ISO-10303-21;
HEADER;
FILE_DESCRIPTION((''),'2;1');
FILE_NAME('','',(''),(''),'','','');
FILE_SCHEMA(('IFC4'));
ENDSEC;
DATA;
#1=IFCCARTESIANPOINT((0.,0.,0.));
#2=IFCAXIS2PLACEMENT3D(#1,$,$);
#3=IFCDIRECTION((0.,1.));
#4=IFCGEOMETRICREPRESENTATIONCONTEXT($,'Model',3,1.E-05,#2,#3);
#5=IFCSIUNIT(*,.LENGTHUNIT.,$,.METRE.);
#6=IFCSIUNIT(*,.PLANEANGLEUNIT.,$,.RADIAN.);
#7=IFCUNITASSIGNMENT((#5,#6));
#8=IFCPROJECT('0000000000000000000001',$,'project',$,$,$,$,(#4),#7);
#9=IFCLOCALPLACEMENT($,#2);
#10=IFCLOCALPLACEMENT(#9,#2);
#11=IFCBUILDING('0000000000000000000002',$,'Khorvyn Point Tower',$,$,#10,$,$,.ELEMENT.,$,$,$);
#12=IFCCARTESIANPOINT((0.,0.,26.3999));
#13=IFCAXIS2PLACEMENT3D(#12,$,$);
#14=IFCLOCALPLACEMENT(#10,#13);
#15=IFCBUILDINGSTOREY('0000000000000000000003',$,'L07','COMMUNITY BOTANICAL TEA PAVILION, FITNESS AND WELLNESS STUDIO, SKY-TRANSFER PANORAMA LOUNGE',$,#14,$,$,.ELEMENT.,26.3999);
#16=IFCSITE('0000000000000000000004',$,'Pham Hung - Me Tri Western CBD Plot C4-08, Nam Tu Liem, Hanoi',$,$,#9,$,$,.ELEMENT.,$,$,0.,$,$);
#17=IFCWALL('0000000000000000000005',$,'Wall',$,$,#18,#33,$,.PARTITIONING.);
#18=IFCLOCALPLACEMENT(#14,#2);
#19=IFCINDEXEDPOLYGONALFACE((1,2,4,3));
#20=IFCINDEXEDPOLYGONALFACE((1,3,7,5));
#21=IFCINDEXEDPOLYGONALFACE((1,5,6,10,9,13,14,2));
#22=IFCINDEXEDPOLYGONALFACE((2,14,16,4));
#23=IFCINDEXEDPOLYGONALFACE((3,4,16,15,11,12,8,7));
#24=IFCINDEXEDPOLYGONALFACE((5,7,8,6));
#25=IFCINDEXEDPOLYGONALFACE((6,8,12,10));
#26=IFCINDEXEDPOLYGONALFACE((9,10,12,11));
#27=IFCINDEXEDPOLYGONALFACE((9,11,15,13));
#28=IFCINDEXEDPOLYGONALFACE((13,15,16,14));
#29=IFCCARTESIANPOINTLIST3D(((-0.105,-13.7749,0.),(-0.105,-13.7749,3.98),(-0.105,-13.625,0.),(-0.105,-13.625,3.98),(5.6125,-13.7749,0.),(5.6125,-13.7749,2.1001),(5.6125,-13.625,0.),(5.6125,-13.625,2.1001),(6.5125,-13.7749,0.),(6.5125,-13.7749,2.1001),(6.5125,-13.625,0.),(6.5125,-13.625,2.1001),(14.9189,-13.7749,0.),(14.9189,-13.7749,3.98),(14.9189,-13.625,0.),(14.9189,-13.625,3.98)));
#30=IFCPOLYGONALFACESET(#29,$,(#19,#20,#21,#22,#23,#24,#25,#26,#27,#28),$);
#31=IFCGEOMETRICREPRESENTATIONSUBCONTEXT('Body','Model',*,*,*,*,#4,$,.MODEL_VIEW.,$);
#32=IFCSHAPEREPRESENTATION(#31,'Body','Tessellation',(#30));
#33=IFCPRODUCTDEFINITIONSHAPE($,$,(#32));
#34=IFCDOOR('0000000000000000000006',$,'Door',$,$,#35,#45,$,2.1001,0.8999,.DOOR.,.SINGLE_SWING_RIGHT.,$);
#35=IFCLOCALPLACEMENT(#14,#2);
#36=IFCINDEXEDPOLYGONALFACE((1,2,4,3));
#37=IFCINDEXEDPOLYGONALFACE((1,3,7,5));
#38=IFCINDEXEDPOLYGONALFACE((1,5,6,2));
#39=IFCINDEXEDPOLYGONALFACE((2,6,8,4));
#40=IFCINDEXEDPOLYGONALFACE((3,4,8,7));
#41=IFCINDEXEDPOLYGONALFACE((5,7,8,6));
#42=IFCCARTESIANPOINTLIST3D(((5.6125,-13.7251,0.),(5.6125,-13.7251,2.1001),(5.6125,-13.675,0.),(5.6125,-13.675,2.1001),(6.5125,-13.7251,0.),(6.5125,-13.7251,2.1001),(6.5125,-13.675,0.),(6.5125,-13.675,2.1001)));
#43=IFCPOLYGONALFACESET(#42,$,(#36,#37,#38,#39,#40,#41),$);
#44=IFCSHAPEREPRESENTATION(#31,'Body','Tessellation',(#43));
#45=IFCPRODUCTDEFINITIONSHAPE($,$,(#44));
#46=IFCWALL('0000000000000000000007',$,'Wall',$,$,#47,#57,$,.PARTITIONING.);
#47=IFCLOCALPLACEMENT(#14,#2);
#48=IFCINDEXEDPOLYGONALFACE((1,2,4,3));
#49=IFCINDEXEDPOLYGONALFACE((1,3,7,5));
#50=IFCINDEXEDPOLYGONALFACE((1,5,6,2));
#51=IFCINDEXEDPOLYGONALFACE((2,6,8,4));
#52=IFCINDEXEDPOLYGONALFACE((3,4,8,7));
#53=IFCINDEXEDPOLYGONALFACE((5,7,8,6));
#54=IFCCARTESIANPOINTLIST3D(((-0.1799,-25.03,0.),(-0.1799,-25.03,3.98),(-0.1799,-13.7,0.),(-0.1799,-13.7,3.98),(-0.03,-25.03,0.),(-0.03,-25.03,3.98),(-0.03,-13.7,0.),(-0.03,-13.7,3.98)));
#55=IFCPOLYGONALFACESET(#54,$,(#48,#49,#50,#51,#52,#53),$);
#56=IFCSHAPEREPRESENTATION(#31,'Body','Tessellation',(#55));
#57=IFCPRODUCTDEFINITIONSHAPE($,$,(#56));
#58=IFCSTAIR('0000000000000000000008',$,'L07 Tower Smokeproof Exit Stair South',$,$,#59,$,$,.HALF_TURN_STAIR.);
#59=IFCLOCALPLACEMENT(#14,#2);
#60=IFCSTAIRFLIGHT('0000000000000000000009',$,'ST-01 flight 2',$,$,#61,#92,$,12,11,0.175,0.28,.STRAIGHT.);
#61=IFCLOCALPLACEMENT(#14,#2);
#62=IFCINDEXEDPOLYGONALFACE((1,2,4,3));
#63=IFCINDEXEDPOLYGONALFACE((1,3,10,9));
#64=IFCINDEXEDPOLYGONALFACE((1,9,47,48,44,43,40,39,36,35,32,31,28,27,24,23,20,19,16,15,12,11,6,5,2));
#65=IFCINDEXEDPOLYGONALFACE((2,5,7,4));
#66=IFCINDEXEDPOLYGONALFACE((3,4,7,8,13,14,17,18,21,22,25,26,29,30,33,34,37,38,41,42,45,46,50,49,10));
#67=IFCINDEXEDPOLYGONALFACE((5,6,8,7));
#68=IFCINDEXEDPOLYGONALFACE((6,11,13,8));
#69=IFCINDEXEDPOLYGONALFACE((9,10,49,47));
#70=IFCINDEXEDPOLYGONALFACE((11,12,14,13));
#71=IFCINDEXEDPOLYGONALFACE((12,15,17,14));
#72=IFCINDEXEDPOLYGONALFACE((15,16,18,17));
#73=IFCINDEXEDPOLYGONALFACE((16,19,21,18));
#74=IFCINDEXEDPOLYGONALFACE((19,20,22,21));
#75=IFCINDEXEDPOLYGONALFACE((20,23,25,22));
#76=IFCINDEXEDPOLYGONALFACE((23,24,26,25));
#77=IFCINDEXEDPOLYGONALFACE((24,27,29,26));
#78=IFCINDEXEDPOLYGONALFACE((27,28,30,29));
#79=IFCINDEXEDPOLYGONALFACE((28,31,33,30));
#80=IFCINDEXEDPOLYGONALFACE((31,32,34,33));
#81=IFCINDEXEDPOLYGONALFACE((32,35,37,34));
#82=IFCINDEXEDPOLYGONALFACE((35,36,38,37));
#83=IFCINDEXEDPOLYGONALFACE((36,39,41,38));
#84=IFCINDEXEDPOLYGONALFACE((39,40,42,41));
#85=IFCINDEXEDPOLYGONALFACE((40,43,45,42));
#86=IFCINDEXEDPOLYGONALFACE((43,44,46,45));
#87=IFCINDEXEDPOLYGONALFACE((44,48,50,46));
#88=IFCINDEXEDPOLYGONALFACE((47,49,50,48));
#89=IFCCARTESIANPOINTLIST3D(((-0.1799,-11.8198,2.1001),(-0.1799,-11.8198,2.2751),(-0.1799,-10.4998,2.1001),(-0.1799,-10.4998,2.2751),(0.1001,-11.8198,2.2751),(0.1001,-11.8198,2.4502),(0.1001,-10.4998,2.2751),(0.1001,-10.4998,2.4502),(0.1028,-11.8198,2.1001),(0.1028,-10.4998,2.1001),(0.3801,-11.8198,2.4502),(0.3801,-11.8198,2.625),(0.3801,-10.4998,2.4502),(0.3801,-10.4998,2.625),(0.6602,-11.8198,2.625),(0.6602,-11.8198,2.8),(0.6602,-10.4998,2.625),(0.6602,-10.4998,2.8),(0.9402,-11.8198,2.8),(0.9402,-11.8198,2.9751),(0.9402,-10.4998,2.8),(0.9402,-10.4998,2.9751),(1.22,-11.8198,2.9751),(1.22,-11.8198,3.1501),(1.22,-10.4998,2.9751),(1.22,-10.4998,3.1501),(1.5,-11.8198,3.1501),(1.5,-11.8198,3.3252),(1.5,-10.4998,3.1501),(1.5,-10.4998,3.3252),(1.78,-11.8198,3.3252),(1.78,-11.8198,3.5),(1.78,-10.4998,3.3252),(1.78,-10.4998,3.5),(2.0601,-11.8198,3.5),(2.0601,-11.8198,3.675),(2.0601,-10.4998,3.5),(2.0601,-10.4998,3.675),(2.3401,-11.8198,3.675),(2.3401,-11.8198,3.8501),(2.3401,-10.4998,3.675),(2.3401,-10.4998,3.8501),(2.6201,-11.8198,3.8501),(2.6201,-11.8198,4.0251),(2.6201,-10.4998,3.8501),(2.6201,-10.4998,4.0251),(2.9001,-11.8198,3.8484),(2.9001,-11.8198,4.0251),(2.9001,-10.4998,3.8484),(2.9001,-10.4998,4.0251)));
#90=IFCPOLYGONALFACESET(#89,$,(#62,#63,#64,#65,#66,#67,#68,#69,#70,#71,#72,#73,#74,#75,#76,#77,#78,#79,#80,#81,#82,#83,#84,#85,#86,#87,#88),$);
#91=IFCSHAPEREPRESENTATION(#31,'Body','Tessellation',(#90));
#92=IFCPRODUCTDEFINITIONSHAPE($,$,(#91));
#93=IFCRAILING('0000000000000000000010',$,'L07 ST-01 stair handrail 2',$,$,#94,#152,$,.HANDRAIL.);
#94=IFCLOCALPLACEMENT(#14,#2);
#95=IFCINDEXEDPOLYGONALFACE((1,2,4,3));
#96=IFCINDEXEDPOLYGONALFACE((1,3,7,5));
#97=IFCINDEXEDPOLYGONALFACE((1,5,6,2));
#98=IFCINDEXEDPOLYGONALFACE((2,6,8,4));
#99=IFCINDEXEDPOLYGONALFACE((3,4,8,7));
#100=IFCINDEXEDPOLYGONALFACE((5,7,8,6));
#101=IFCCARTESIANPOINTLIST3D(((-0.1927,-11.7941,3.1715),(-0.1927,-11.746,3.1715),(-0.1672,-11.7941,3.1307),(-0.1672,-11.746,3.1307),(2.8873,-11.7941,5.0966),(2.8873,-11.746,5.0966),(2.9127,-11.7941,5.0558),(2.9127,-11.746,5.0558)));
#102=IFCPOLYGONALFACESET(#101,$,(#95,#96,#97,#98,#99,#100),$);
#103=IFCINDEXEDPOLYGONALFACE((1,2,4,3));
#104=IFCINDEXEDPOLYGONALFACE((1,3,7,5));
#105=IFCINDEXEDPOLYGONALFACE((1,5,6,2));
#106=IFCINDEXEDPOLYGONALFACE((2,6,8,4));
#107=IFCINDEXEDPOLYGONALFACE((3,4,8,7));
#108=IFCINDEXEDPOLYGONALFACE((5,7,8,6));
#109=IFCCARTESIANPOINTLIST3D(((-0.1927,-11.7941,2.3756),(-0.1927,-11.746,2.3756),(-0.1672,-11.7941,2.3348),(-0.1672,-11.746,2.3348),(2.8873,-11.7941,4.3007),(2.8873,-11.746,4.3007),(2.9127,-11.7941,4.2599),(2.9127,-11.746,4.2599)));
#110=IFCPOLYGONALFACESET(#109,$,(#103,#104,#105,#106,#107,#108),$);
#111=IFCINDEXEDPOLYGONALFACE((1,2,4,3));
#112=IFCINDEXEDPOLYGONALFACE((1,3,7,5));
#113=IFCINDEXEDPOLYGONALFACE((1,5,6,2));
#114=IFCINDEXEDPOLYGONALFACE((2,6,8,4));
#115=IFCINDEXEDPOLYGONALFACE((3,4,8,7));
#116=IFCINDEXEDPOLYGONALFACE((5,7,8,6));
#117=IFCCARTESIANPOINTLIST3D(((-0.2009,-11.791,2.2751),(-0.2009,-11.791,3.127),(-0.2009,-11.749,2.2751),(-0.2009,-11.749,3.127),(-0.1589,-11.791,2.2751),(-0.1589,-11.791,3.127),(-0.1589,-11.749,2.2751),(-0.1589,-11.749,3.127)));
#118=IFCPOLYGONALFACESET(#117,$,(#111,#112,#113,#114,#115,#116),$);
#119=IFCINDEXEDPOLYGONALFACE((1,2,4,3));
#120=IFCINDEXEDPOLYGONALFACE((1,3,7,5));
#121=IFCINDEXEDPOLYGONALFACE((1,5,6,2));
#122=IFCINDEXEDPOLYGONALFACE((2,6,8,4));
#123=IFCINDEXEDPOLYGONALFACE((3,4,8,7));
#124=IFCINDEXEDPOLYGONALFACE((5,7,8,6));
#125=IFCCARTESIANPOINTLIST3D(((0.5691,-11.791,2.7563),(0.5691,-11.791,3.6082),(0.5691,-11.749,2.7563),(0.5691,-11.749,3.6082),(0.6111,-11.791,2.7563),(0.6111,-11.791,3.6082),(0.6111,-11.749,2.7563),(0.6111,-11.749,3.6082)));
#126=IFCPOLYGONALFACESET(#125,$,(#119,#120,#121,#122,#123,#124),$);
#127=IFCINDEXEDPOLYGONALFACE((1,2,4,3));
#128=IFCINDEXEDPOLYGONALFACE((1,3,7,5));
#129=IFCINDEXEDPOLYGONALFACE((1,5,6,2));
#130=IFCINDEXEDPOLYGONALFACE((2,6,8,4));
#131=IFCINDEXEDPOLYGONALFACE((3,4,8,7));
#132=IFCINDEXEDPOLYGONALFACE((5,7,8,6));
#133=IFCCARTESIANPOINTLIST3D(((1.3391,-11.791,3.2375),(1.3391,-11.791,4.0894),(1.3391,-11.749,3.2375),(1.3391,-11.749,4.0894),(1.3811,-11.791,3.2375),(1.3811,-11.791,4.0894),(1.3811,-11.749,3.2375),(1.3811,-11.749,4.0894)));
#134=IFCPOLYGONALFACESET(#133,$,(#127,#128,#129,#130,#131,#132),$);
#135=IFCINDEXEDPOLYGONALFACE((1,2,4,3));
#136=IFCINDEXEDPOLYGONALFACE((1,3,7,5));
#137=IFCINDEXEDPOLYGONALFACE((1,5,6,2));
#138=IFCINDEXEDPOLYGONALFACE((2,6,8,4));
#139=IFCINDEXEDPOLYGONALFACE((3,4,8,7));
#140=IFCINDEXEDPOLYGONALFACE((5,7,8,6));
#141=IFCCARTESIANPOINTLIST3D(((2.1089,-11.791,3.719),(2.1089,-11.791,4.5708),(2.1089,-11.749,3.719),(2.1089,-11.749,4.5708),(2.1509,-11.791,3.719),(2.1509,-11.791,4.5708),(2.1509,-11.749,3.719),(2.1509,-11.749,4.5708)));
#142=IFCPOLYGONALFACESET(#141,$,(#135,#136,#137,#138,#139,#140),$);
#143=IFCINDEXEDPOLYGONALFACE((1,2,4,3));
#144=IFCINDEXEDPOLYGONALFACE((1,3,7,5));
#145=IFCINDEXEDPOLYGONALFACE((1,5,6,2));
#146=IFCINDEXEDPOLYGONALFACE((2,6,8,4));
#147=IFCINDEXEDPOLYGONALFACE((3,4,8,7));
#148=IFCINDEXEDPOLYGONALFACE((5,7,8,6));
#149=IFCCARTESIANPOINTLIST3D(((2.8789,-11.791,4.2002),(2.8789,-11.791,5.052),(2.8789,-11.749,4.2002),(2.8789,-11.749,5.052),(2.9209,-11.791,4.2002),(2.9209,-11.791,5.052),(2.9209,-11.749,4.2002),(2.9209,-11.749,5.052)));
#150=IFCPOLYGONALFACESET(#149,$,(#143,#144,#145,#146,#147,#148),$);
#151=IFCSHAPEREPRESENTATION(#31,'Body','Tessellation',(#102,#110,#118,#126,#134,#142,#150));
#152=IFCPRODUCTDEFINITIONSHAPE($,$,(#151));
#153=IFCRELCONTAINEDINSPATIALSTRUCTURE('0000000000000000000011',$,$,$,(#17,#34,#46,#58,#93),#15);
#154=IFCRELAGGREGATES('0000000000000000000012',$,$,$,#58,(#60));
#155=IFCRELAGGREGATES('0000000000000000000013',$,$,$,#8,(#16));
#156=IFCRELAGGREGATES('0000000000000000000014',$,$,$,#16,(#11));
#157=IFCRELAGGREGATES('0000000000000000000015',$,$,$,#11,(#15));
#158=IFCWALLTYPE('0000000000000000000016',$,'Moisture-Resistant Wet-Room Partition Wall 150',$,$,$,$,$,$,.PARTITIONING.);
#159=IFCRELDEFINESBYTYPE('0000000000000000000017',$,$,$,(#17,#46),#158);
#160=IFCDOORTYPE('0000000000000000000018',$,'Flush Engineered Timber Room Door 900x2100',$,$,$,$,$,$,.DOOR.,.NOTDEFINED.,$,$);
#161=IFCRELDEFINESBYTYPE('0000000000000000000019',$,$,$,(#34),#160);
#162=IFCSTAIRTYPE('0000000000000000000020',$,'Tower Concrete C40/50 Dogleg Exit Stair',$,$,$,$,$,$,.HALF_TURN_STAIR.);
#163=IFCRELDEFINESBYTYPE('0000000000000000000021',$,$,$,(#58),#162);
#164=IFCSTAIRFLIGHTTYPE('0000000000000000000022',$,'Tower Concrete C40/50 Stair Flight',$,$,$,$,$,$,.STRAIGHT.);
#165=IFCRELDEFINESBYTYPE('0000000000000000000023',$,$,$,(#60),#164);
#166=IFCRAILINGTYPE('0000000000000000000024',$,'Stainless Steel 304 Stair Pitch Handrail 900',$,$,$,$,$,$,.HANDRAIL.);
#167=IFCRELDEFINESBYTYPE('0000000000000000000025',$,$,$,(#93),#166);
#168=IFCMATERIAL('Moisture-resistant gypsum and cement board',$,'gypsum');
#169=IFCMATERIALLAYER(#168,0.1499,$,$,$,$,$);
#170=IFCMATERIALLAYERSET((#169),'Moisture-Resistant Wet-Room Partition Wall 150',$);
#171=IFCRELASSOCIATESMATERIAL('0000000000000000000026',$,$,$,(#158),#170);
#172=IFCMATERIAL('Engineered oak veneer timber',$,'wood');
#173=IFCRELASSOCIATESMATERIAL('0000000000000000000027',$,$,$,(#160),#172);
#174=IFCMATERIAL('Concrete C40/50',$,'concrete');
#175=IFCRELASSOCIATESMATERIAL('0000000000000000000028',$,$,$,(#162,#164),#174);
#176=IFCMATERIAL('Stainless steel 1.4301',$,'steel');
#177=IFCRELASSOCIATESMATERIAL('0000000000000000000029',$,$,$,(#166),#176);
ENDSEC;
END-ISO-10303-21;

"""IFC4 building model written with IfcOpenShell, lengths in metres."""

from ifc_helpers import new_model, si_unit, direction, frame, frame_2d, origin, origin_2d, place, context, subcontext, project, spatial, polyline, rectangle, outline, extrude, material, layer, layer_set, type_object, element, fill, aggregate, save


model = new_model("IFC4")

# Units and contexts
model_context = context("Model", 3, precision=1e-05, world=origin(), true_north=direction((0.0, 1.0)))
body_context = subcontext(model_context, "Body", "Model", "MODEL_VIEW")
ifc_project = project(units=[si_unit("LENGTHUNIT", "METRE"), si_unit("PLANEANGLEUNIT", "RADIAN")], contexts=[model_context])

# Site, building, storey
site_placement = place(None, origin())
site = spatial("IfcSite", under=ifc_project, at=site_placement, Name="Pham Hung - Me Tri Western CBD Plot C4-08, Nam Tu Liem, Hanoi", CompositionType="ELEMENT", RefElevation=0.0)
building_placement = place(site_placement, origin())
building = spatial("IfcBuilding", under=site, at=building_placement, Name="Khorvyn Point Tower", CompositionType="ELEMENT")
storey_placement = place(building_placement, frame((0.0, 0.0, 26.3999)))
storey = spatial("IfcBuildingStorey", under=building, at=storey_placement, Name="L07", Description="COMMUNITY BOTANICAL TEA PAVILION, FITNESS AND WELLNESS STUDIO, SKY-TRANSFER PANORAMA LOUNGE", CompositionType="ELEMENT", Elevation=26.3999)

# Shared definitions
ifc_material_1 = material(Name="Concrete C40/50", Category="concrete")

# Wall, opening, door
ifc_material_2 = material(Name="Moisture-resistant gypsum and cement board", Category="gypsum")
ifc_layer_1 = layer(ifc_material_2, 0.1499)
ifc_layer_set_1 = layer_set([ifc_layer_1], Name="Moisture-Resistant Wet-Room Partition Wall 150")
wall_type_1 = type_object("IfcWallType", Name="Moisture-Resistant Wet-Room Partition Wall 150", PredefinedType="PARTITIONING", material=ifc_layer_set_1)
wall_1_placement = place(storey_placement, frame((-0.105, -13.7, 0.0), z_axis=(0.0, 0.0, 1.0), x_axis=(1.0, 0.0, 0.0)))
wall_1 = element("IfcWall", 1, at=wall_1_placement, inside=storey, type_object=wall_type_1, Name="Wall", PredefinedType="PARTITIONING", context=body_context, shape_type="SweptSolid", body=[
    extrude(rectangle(XDim=15.0239, YDim=0.1499, at=frame_2d((7.512, 0.0))), origin(), (0.0, 0.0, 1.0), 3.98),
])
opening_1_placement = place(wall_1_placement, frame((5.7175, 0.0, 0.0)))
opening_1 = element("IfcOpeningElement", 2, at=opening_1_placement, cuts=wall_1, PredefinedType="OPENING", context=body_context, shape_type="SweptSolid", body=[
    extrude(rectangle(XDim=0.8999, YDim=2.1001, at=frame_2d((0.45, 1.05))), frame((0.0, 0.085, 0.0), z_axis=(0.0, -1.0, 0.0), x_axis=(1.0, 0.0, 0.0)), (0.0, 0.0, 1.0), 0.1699),
])
ifc_material_3 = material(Name="Engineered oak veneer timber", Category="wood")
door_type_1 = type_object("IfcDoorType", Name="Flush Engineered Timber Room Door 900x2100", OperationType="NOTDEFINED", PredefinedType="DOOR", material=ifc_material_3)
door_1_placement = place(opening_1_placement, origin())
door_1 = element("IfcDoor", 3, at=door_1_placement, inside=storey, type_object=door_type_1, Name="Door", OperationType="SINGLE_SWING_RIGHT", OverallHeight=2.1001, OverallWidth=0.8999, PredefinedType="DOOR", context=body_context, shape_type="SweptSolid", body=[
    extrude(rectangle(XDim=0.8999, YDim=2.1001, at=frame_2d((0.45, 1.05))), frame((0.0, 0.0249, 0.0), z_axis=(0.0, -1.0, 0.0), x_axis=(1.0, 0.0, 0.0)), (0.0, 0.0, 1.0), 0.05),
])
fill(opening_1, door_1)

# Wall
wall_2_placement = place(storey_placement, frame((-0.105, -25.03, 0.0), z_axis=(0.0, 0.0, 1.0), x_axis=(0.0, 1.0, 0.0)))
element("IfcWall", 4, at=wall_2_placement, inside=storey, type_object=wall_type_1, Name="Wall", PredefinedType="PARTITIONING", context=body_context, shape_type="SweptSolid", body=[
    extrude(rectangle(XDim=11.3301, YDim=0.1499, at=frame_2d((5.665, 0.0))), origin(), (0.0, 0.0, 1.0), 3.98),
])

# Stair, stair flight
stair_type = type_object("IfcStairType", Name="Tower Concrete C40/50 Dogleg Exit Stair", PredefinedType="HALF_TURN_STAIR", material=ifc_material_1)
stair_placement = place(storey_placement, origin())
stair = element("IfcStair", 5, at=stair_placement, inside=storey, type_object=stair_type, Name="L07 Tower Smokeproof Exit Stair South", PredefinedType="HALF_TURN_STAIR")
stair_flight_type = type_object("IfcStairFlightType", Name="Tower Concrete C40/50 Stair Flight", PredefinedType="STRAIGHT", material=ifc_material_1)
stair_flight_placement = place(storey_placement, frame((-0.1799, -11.1599, 2.1001), z_axis=(0.0, 0.0, 1.0), x_axis=(1.0, 0.0, 0.0)))
stair_flight = element("IfcStairFlight", 6, at=stair_flight_placement, type_object=stair_flight_type, Name="ST-01 flight 2", NumberOfRisers=12, NumberOfTreads=11, PredefinedType="STRAIGHT", RiserHeight=0.175, TreadLength=0.28, context=body_context, shape_type="SweptSolid", body=[
    extrude(outline(polyline([(0.0, 0.0), (0.0, 0.175), (0.28, 0.175), (0.28, 0.3501), (0.5601, 0.3501), (0.5601, 0.5249), (0.8401, 0.5249), (0.8401, 0.7), (1.1201, 0.7), (1.1201, 0.875), (1.3999, 0.875), (1.3999, 1.05), (1.6799, 1.05), (1.6799, 1.2251), (1.96, 1.2251), (1.96, 1.3999), (2.24, 1.3999), (2.24, 1.575), (2.52, 1.575), (2.52, 1.75), (2.8, 1.75), (2.8, 1.925), (3.0801, 1.925), (3.0801, 2.1001), (3.0801, 1.7483), (0.2827, 0.0), (0.0, 0.0)])), frame((0.0, 0.6602, 0.0), z_axis=(0.0, -1.0, 0.0), x_axis=(1.0, 0.0, 0.0)), (0.0, 0.0, 1.0), 1.3201),
])
aggregate(stair, [stair_flight])

# Railing
ifc_material_4 = material(Name="Stainless steel 1.4301", Category="steel")
railing_type_1 = type_object("IfcRailingType", Name="Stainless Steel 304 Stair Pitch Handrail 900", PredefinedType="HANDRAIL", material=ifc_material_4)
railing_1_placement = place(storey_placement, frame((-0.1799, -11.77, 2.2751)))
element("IfcRailing", 7, at=railing_1_placement, inside=storey, type_object=railing_type_1, Name="L07 ST-01 stair handrail 2", PredefinedType="HANDRAIL", context=body_context, shape_type="SweptSolid", body=[
    extrude(rectangle(XDim=0.0481, YDim=0.0481, at=origin_2d()), frame((0.0, 0.0, 0.876), z_axis=(0.847979, 0.0, 0.530029), x_axis=(0.0, 1.0, 0.0)), (0.0, 0.0, 1.0), 3.6321),
    extrude(rectangle(XDim=0.0481, YDim=0.0481, at=origin_2d()), frame((0.0, 0.0, 0.0801), z_axis=(0.847979, 0.0, 0.530029), x_axis=(0.0, 1.0, 0.0)), (0.0, 0.0, 1.0), 3.6321),
    extrude(rectangle(XDim=0.042, YDim=0.042, at=origin_2d()), origin(), (0.0, 0.0, 1.0), 0.8518),
    extrude(rectangle(XDim=0.042, YDim=0.042, at=origin_2d()), frame((0.77, 0.0, 0.4812)), (0.0, 0.0, 1.0), 0.8518),
    extrude(rectangle(XDim=0.042, YDim=0.042, at=origin_2d()), frame((1.54, 0.0, 0.9624)), (0.0, 0.0, 1.0), 0.8518),
    extrude(rectangle(XDim=0.042, YDim=0.042, at=origin_2d()), frame((2.3098, 0.0, 1.4438)), (0.0, 0.0, 1.0), 0.8518),
    extrude(rectangle(XDim=0.042, YDim=0.042, at=origin_2d()), frame((3.0798, 0.0, 1.925)), (0.0, 0.0, 1.0), 0.8518),
])

save(model, "model.ifc")
